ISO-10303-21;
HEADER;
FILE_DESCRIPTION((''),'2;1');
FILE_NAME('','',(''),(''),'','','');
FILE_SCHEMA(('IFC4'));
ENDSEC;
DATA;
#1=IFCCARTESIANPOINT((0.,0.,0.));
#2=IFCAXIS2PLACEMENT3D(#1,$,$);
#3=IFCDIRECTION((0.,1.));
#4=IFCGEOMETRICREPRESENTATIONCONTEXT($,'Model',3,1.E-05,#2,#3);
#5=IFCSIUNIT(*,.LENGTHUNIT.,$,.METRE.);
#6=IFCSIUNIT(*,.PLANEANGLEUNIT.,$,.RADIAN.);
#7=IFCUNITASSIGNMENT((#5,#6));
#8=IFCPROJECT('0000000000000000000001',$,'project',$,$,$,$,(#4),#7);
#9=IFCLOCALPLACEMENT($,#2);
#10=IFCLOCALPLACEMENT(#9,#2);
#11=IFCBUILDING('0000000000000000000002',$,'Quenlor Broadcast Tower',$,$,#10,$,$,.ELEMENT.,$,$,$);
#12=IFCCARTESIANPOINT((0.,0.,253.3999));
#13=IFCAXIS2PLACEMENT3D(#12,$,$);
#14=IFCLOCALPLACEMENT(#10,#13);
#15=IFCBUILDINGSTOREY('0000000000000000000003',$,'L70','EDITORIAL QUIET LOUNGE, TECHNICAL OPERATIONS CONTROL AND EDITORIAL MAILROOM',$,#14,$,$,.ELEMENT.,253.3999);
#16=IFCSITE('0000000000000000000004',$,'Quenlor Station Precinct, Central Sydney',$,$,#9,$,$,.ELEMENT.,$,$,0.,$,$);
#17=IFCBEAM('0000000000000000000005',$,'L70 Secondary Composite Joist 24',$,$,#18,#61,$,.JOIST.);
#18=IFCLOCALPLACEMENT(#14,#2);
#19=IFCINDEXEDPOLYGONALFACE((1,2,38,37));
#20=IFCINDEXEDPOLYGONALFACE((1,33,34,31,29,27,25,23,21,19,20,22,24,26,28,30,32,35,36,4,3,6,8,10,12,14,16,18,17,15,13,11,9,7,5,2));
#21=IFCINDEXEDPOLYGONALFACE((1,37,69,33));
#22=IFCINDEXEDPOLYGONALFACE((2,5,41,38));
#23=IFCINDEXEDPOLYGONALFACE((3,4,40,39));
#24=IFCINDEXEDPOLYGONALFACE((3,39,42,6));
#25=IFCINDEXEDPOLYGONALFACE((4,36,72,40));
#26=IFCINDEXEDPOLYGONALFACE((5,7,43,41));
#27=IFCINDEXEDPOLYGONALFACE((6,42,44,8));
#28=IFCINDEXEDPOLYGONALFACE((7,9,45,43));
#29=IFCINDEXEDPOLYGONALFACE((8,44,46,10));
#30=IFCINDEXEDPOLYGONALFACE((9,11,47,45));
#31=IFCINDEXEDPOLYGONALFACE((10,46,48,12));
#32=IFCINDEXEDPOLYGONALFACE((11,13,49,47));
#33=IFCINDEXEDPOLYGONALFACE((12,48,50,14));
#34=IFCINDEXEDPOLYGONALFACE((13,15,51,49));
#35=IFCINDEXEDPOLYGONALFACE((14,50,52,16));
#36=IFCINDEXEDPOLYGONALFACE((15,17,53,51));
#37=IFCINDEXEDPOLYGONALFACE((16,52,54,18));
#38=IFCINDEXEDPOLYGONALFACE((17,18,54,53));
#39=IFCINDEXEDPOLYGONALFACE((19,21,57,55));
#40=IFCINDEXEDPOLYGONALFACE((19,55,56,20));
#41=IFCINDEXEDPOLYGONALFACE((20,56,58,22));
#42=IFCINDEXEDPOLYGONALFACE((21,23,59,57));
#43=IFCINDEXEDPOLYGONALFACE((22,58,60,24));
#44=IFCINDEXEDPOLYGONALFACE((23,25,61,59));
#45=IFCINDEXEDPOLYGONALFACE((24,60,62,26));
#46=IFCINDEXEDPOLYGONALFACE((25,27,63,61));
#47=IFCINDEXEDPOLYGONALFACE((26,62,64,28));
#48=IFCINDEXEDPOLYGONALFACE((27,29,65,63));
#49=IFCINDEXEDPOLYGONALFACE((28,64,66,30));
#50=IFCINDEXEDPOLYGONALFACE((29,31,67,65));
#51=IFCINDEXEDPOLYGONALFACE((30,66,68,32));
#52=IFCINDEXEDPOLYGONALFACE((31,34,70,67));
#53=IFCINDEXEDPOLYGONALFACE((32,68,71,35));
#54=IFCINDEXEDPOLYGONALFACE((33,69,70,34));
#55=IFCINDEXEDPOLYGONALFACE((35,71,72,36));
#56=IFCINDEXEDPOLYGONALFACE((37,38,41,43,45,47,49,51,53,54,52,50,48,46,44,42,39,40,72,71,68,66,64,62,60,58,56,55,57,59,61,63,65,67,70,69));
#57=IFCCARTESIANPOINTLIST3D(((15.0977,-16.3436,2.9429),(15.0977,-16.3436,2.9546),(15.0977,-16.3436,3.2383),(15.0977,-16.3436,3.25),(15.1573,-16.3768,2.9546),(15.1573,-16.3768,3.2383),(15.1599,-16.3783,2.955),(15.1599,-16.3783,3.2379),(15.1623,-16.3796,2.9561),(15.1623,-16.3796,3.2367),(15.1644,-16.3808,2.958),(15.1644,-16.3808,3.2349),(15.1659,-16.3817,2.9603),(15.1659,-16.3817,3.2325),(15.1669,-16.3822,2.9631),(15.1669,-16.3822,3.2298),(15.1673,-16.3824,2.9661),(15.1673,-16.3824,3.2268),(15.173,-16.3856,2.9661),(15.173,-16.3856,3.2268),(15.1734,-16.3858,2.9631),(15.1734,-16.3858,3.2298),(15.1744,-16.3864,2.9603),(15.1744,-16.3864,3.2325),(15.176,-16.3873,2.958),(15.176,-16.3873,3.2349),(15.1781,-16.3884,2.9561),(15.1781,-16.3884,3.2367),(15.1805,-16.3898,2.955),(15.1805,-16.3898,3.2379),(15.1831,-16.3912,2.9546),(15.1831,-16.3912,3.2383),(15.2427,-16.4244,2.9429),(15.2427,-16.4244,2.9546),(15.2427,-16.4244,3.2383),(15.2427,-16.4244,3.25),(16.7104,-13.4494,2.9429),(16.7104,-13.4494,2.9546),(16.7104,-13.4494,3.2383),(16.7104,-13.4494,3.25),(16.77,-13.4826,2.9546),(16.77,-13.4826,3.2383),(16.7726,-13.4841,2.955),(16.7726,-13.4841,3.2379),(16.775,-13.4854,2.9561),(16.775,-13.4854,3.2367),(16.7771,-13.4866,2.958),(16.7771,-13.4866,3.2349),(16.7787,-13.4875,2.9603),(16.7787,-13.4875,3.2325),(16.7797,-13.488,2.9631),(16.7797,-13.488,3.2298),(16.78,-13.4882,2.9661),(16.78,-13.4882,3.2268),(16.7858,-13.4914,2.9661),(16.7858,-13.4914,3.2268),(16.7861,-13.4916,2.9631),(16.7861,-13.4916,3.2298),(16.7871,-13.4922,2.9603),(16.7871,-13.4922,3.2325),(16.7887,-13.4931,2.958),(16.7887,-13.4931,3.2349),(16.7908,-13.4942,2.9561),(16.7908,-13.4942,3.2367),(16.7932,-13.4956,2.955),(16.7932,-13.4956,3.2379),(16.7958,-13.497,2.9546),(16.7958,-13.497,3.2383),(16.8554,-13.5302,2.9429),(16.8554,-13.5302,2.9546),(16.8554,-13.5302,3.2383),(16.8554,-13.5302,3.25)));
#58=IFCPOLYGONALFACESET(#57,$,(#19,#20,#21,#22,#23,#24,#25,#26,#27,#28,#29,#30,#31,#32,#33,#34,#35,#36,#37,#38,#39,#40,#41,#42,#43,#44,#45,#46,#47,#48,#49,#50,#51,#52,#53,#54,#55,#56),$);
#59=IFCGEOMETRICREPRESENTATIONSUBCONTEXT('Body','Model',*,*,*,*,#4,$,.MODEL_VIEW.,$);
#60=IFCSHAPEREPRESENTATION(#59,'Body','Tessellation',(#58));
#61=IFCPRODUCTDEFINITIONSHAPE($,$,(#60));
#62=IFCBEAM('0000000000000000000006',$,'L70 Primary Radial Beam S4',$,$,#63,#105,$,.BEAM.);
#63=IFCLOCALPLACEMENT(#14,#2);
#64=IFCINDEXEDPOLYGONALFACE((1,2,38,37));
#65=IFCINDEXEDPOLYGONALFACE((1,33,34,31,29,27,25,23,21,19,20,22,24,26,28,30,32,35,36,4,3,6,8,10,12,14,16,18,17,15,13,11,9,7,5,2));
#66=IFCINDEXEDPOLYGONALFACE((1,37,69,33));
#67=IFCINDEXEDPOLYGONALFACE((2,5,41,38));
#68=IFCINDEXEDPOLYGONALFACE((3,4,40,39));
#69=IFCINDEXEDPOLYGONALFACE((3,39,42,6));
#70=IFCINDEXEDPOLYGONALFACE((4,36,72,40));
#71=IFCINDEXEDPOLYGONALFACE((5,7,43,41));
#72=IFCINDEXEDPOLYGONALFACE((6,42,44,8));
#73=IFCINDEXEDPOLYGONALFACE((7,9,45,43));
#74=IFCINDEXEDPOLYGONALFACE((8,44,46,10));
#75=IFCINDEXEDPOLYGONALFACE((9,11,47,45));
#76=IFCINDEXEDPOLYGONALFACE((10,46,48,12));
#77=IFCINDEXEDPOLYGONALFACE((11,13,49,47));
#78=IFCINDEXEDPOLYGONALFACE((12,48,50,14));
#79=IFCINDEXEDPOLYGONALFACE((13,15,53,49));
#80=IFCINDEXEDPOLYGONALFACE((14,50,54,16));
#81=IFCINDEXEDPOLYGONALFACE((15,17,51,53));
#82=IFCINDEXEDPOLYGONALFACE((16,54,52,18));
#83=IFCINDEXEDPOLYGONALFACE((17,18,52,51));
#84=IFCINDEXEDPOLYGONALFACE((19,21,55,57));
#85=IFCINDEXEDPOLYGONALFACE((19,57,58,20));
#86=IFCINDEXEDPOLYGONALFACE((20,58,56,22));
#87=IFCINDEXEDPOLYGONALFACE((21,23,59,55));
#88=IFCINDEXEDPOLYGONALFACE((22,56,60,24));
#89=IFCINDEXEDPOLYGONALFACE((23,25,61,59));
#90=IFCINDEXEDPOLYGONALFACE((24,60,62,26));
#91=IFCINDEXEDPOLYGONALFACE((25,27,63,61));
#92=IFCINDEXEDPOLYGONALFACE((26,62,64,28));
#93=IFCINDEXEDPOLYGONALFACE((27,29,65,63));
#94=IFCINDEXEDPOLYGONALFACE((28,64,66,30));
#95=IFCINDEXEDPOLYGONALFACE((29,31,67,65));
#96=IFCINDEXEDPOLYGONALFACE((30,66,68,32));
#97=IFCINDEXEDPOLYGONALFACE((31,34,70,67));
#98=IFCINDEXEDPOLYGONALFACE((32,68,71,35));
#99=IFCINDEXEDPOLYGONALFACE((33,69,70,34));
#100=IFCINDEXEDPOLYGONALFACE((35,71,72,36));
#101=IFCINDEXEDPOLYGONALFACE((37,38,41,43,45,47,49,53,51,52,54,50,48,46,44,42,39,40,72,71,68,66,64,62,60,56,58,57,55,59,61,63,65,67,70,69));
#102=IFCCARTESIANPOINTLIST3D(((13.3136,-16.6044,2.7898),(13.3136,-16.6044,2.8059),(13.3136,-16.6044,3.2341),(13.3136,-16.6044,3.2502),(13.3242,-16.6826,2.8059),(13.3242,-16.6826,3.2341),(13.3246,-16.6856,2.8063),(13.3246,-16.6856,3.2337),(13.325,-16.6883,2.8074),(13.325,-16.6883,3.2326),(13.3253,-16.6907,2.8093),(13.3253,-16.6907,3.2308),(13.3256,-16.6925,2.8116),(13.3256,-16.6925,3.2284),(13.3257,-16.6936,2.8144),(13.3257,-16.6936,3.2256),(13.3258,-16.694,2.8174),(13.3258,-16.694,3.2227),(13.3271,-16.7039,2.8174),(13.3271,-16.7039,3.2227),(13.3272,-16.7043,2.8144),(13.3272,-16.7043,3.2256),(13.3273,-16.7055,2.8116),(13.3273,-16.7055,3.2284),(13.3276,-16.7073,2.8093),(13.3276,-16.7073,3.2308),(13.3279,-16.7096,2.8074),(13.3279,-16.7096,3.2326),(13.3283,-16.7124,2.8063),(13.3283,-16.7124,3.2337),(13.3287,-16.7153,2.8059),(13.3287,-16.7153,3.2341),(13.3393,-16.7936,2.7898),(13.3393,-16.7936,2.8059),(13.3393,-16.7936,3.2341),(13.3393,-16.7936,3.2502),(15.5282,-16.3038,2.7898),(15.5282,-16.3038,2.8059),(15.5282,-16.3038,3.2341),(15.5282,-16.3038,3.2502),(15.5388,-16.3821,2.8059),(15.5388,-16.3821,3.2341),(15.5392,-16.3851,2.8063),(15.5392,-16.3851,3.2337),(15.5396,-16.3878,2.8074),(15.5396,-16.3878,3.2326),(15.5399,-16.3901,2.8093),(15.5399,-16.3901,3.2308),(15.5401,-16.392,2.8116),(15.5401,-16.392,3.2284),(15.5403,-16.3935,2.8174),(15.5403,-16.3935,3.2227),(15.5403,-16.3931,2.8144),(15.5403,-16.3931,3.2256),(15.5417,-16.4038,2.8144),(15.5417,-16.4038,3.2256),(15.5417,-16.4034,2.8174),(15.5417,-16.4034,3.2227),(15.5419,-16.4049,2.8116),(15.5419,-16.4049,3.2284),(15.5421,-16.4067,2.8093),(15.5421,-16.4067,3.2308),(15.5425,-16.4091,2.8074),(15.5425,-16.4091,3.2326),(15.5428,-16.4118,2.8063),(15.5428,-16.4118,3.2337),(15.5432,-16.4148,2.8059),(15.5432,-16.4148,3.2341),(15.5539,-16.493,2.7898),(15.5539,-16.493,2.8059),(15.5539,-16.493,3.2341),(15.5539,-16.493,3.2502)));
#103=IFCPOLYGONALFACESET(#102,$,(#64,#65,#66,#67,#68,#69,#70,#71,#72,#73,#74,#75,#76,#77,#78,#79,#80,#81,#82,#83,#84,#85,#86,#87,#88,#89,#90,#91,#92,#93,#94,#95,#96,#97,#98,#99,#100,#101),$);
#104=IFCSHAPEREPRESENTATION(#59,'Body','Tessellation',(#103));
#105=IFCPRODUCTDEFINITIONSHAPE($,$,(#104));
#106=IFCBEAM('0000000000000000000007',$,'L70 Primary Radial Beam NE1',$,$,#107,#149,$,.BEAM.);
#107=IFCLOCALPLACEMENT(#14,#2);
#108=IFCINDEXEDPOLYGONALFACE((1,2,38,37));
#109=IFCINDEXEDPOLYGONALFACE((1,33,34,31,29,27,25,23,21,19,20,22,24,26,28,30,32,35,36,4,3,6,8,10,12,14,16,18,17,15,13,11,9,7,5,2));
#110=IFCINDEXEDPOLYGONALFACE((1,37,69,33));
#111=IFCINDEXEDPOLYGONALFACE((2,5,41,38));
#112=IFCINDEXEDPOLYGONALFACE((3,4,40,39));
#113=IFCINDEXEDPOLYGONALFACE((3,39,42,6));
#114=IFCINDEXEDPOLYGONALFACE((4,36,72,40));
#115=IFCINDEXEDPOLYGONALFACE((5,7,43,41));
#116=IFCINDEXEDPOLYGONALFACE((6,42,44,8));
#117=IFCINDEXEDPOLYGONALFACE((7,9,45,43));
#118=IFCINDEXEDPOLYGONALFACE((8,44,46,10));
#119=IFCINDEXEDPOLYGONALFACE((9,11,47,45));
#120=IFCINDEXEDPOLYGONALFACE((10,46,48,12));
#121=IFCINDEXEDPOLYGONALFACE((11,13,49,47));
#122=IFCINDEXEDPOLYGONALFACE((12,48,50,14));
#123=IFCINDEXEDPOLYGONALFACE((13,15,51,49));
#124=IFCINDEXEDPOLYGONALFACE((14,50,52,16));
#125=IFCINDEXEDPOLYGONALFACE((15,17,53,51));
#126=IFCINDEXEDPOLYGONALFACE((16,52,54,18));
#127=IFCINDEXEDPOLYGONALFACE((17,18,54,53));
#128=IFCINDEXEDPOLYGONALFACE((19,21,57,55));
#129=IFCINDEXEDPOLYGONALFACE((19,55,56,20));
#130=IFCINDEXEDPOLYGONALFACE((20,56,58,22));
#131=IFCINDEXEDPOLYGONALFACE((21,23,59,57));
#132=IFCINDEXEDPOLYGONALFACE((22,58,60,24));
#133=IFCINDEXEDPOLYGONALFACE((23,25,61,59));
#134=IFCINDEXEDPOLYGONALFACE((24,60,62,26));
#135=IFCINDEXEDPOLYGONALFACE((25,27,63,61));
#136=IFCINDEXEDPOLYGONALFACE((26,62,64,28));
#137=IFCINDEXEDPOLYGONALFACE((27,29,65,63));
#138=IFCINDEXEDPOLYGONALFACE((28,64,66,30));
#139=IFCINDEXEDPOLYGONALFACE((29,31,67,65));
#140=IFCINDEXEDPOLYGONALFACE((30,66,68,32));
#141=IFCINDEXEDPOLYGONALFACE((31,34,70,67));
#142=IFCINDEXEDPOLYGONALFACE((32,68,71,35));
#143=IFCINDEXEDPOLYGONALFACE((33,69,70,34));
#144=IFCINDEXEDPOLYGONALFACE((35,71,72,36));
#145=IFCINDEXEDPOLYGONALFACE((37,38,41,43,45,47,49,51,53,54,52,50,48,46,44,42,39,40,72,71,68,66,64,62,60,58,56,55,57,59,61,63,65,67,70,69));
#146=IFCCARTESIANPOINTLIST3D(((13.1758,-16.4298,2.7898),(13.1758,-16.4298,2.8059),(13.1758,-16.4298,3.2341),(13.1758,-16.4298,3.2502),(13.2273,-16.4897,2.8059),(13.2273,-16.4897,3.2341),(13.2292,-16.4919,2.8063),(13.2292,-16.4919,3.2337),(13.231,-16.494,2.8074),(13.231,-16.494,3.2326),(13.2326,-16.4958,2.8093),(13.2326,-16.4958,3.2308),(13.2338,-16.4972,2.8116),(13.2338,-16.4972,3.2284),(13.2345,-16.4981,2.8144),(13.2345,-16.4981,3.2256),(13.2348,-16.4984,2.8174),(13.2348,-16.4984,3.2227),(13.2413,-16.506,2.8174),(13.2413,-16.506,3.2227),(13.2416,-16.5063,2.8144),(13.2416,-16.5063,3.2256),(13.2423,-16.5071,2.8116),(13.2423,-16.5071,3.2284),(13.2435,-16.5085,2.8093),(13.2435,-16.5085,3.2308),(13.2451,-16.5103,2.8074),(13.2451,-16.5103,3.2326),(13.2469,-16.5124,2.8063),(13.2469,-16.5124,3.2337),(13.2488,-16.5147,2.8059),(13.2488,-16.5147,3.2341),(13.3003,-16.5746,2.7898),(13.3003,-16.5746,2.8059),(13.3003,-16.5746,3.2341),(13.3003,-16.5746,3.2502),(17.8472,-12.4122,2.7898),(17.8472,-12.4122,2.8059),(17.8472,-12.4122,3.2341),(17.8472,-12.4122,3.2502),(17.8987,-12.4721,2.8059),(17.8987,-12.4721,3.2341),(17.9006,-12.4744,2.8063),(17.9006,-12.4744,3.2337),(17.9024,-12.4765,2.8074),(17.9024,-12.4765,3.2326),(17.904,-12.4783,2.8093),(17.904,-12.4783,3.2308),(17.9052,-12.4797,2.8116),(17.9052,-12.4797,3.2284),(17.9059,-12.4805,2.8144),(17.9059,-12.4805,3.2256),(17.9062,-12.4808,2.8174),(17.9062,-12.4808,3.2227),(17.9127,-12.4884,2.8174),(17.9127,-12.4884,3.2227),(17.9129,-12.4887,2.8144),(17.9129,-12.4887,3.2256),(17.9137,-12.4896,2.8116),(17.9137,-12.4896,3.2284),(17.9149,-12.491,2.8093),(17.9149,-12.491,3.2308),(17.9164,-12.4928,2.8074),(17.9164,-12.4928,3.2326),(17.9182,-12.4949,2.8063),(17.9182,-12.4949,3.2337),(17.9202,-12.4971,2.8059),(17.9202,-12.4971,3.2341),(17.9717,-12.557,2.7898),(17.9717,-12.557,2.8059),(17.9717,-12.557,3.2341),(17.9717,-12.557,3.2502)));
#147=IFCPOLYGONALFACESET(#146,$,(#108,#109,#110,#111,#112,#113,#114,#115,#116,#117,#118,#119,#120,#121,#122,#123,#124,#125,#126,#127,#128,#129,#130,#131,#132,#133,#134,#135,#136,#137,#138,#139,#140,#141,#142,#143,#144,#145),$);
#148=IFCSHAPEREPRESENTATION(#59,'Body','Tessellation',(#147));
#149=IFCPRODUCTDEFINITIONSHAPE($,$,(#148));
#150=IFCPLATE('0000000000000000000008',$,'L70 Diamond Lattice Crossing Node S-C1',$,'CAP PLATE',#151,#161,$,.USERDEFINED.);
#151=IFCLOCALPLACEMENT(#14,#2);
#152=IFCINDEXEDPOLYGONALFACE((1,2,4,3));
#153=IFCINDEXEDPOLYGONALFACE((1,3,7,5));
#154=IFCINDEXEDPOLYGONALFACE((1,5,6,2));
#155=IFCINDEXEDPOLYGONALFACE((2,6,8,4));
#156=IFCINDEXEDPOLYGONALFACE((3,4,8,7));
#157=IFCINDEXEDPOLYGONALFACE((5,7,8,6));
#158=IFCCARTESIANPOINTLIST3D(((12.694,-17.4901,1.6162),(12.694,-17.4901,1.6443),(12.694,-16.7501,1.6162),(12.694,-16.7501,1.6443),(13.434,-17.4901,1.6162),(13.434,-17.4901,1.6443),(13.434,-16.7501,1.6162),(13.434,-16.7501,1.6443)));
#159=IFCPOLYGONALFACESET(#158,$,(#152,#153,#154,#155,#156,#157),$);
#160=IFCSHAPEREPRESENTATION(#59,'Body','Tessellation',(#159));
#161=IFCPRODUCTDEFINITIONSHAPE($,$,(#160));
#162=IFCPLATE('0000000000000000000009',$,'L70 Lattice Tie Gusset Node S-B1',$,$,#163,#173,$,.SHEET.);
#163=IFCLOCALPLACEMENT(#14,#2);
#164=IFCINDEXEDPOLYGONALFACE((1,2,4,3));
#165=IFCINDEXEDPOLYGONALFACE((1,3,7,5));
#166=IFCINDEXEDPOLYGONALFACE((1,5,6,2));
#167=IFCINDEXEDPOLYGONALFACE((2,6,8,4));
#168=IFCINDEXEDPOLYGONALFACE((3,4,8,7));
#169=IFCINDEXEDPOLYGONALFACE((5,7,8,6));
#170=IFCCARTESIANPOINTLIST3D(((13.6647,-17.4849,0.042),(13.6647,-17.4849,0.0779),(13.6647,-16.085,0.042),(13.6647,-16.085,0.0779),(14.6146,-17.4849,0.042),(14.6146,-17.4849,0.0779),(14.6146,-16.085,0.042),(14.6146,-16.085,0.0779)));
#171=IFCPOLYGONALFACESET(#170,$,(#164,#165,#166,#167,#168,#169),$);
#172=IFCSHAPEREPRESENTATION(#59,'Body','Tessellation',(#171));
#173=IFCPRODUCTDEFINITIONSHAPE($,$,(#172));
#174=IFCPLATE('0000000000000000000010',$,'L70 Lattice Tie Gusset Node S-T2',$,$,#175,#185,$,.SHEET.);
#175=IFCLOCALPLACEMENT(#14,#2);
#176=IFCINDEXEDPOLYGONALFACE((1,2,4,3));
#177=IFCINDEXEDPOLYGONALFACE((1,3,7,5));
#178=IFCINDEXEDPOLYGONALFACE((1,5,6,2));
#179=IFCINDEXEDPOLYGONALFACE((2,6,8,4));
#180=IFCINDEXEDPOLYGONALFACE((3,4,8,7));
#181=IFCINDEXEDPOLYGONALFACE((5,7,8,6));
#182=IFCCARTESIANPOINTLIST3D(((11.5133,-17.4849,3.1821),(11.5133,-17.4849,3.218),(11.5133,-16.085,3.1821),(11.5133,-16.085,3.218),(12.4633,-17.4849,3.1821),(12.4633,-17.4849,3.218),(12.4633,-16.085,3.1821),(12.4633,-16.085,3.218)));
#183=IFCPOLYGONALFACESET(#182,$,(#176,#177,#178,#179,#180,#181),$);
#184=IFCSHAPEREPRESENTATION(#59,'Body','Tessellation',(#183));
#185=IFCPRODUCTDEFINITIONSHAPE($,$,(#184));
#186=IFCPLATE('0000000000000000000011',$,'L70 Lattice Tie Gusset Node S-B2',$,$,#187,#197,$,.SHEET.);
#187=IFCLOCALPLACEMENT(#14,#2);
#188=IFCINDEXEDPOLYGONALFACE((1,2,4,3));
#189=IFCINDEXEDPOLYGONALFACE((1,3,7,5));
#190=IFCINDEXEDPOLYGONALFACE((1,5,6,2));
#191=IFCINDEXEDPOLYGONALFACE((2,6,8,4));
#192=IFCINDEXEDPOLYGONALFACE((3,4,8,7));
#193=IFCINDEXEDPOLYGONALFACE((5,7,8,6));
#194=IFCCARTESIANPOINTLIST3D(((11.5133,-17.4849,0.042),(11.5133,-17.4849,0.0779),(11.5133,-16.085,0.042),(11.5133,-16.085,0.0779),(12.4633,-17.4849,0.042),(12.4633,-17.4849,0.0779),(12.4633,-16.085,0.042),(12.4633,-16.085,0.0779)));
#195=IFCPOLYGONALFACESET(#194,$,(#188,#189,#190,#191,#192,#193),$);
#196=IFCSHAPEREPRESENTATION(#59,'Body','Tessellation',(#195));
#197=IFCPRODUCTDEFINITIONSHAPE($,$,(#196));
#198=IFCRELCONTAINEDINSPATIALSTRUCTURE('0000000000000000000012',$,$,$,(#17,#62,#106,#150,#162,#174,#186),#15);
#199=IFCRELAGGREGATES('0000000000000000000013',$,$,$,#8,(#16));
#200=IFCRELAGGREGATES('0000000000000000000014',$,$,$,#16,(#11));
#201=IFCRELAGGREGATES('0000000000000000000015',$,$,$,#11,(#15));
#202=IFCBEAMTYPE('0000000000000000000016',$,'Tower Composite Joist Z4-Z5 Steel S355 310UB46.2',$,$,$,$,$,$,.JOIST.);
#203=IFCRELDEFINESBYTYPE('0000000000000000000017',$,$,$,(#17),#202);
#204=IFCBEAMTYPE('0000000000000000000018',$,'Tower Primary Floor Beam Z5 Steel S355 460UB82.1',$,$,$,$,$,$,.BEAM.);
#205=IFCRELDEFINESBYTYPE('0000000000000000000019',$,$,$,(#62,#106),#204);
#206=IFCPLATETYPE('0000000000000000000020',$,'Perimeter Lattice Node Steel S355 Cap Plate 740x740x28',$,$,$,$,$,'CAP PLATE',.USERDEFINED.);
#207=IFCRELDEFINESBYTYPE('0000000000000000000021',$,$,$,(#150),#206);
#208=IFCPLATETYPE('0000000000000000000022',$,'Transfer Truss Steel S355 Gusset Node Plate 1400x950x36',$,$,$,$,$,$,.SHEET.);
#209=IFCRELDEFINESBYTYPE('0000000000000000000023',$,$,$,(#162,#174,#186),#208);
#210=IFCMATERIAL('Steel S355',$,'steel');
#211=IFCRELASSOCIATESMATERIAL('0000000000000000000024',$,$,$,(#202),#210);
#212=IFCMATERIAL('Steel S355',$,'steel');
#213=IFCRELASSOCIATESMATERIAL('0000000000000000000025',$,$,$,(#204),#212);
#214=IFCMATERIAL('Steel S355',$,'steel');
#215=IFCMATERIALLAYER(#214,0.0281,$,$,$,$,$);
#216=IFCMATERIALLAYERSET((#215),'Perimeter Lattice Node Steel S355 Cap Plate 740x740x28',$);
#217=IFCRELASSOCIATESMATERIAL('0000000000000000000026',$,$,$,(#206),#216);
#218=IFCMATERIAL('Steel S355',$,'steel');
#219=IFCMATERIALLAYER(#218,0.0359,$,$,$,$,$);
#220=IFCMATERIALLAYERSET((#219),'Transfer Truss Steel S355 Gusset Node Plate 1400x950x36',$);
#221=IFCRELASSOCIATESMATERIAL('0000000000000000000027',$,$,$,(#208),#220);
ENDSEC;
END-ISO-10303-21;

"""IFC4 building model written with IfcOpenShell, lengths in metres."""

from ifc_helpers import new_model, si_unit, direction, frame, origin, origin_2d, place, context, subcontext, project, spatial, rectangle, i_section, extrude, material, layer, layer_set, material_profile, profile_set, type_object, element, save


model = new_model("IFC4")

# Units and contexts
model_context = context("Model", 3, precision=1e-05, world=origin(), true_north=direction((0.0, 1.0)))
body_context = subcontext(model_context, "Body", "Model", "MODEL_VIEW")
ifc_project = project(units=[si_unit("LENGTHUNIT", "METRE"), si_unit("PLANEANGLEUNIT", "RADIAN")], contexts=[model_context])

# Site, building, storey
site_placement = place(None, origin())
site = spatial("IfcSite", under=ifc_project, at=site_placement, Name="Quenlor Station Precinct, Central Sydney", CompositionType="ELEMENT", RefElevation=0.0)
building_placement = place(site_placement, origin())
building = spatial("IfcBuilding", under=site, at=building_placement, Name="Quenlor Broadcast Tower", CompositionType="ELEMENT")
storey_placement = place(building_placement, frame((0.0, 0.0, 253.3999)))
storey = spatial("IfcBuildingStorey", under=building, at=storey_placement, Name="L70", Description="EDITORIAL QUIET LOUNGE, TECHNICAL OPERATIONS CONTROL AND EDITORIAL MAILROOM", CompositionType="ELEMENT", Elevation=253.3999)

# Beams
ifc_material_1 = material(Name="Steel S355", Category="steel")
ifc_material_profile_1 = material_profile(ifc_material_1, i_section(OverallWidth=0.166, OverallDepth=0.3071, WebThickness=0.0066, FlangeThickness=0.0117, FilletRadius=0.0115, at=origin_2d()))
ifc_profile_set_1 = profile_set([ifc_material_profile_1], Name="Steel S355 310UB46.2")
beam_type_1 = type_object("IfcBeamType", Name="Tower Composite Joist Z4-Z5 Steel S355 310UB46.2", PredefinedType="JOIST", material=ifc_profile_set_1)
beam_1_placement = place(storey_placement, frame((15.1702, -16.384, 3.0964), z_axis=(0.486762, 0.873534, 0.0), x_axis=(-0.873534, 0.486762, 0.0)))
element("IfcBeam", 1, at=beam_1_placement, inside=storey, type_object=beam_type_1, Name="L70 Secondary Composite Joist 24", PredefinedType="JOIST", context=body_context, shape_type="SweptSolid", body=[
    extrude(i_section(OverallWidth=0.166, OverallDepth=0.3071, WebThickness=0.0066, FlangeThickness=0.0117, FilletRadius=0.0115, at=origin_2d()), origin(), (0.0, 0.0, 1.0), 3.3132),
])
ifc_material_2 = material(Name="Steel S355", Category="steel")
ifc_material_profile_2 = material_profile(ifc_material_2, i_section(OverallWidth=0.1909, OverallDepth=0.4604, WebThickness=0.01, FlangeThickness=0.0161, FilletRadius=0.0115, at=origin_2d()))
ifc_profile_set_2 = profile_set([ifc_material_profile_2], Name="Steel S355 460UB82.1")
beam_type_2 = type_object("IfcBeamType", Name="Tower Primary Floor Beam Z5 Steel S355 460UB82.1", PredefinedType="BEAM", material=ifc_profile_set_2)
beam_2_placement = place(storey_placement, frame((15.541, -16.3984, 3.02), z_axis=(-0.990917, -0.134475, 0.0), x_axis=(0.134475, -0.990917, 0.0)))
element("IfcBeam", 2, at=beam_2_placement, inside=storey, type_object=beam_type_2, Name="L70 Primary Radial Beam S4", PredefinedType="BEAM", context=body_context, shape_type="SweptSolid", body=[
    extrude(i_section(OverallWidth=0.1909, OverallDepth=0.4604, WebThickness=0.01, FlangeThickness=0.0161, FilletRadius=0.0115, at=origin_2d()), origin(), (0.0, 0.0, 1.0), 2.2349),
])
beam_3_placement = place(storey_placement, frame((17.9094, -12.4846, 3.02), z_axis=(-0.75817, -0.652057, 0.0), x_axis=(0.652057, -0.75817, 0.0)))
element("IfcBeam", 3, at=beam_3_placement, inside=storey, type_object=beam_type_2, Name="L70 Primary Radial Beam NE1", PredefinedType="BEAM", context=body_context, shape_type="SweptSolid", body=[
    extrude(i_section(OverallWidth=0.1909, OverallDepth=0.4604, WebThickness=0.01, FlangeThickness=0.0161, FilletRadius=0.0115, at=origin_2d()), origin(), (0.0, 0.0, 1.0), 6.1614),
])

# Plates
ifc_material_3 = material(Name="Steel S355", Category="steel")
ifc_layer_1 = layer(ifc_material_3, 0.0281)
ifc_layer_set_1 = layer_set([ifc_layer_1], Name="Perimeter Lattice Node Steel S355 Cap Plate 740x740x28")
plate_type_1 = type_object("IfcPlateType", Name="Perimeter Lattice Node Steel S355 Cap Plate 740x740x28", ElementType="CAP PLATE", PredefinedType="USERDEFINED", material=ifc_layer_set_1)
plate_placement = place(storey_placement, frame((13.064, -17.1201, 1.6162), z_axis=(0.0, 0.0, 1.0), x_axis=(-1.0, 0.0, 0.0)))
element("IfcPlate", 4, at=plate_placement, inside=storey, type_object=plate_type_1, Name="L70 Diamond Lattice Crossing Node S-C1", ObjectType="CAP PLATE", PredefinedType="USERDEFINED", context=body_context, shape_type="SweptSolid", body=[
    extrude(rectangle(XDim=0.74, YDim=0.74, at=origin_2d()), origin(), (0.0, 0.0, 1.0), 0.0281),
])
ifc_material_4 = material(Name="Steel S355", Category="steel")
ifc_layer_2 = layer(ifc_material_4, 0.0359)
ifc_layer_set_2 = layer_set([ifc_layer_2], Name="Transfer Truss Steel S355 Gusset Node Plate 1400x950x36")
plate_type_2 = type_object("IfcPlateType", Name="Transfer Truss Steel S355 Gusset Node Plate 1400x950x36", PredefinedType="SHEET", material=ifc_layer_set_2)
for number, where, z_axis, x_axis, name in (
    (5, (14.1396, -16.7849, 0.042), (0.0, 0.0, 1.0), (0.0, -1.0, 0.0), "L70 Lattice Tie Gusset Node S-B1"),
    (6, (11.9883, -16.7849, 3.1821), (0.0, 0.0, 1.0), (0.0, -1.0, 0.0), "L70 Lattice Tie Gusset Node S-T2"),
    (7, (11.9883, -16.7849, 0.042), (0.0, 0.0, 1.0), (0.0, -1.0, 0.0), "L70 Lattice Tie Gusset Node S-B2"),
):
    element("IfcPlate", number, at=place(storey_placement, frame(where, z_axis=z_axis, x_axis=x_axis)), inside=storey, type_object=plate_type_2, Name=name, PredefinedType="SHEET", context=body_context, shape_type="SweptSolid", body=[
        extrude(rectangle(XDim=1.3999, YDim=0.95, at=origin_2d()), origin(), (0.0, 0.0, 1.0), 0.0359),
    ])

save(model, "model.ifc")
